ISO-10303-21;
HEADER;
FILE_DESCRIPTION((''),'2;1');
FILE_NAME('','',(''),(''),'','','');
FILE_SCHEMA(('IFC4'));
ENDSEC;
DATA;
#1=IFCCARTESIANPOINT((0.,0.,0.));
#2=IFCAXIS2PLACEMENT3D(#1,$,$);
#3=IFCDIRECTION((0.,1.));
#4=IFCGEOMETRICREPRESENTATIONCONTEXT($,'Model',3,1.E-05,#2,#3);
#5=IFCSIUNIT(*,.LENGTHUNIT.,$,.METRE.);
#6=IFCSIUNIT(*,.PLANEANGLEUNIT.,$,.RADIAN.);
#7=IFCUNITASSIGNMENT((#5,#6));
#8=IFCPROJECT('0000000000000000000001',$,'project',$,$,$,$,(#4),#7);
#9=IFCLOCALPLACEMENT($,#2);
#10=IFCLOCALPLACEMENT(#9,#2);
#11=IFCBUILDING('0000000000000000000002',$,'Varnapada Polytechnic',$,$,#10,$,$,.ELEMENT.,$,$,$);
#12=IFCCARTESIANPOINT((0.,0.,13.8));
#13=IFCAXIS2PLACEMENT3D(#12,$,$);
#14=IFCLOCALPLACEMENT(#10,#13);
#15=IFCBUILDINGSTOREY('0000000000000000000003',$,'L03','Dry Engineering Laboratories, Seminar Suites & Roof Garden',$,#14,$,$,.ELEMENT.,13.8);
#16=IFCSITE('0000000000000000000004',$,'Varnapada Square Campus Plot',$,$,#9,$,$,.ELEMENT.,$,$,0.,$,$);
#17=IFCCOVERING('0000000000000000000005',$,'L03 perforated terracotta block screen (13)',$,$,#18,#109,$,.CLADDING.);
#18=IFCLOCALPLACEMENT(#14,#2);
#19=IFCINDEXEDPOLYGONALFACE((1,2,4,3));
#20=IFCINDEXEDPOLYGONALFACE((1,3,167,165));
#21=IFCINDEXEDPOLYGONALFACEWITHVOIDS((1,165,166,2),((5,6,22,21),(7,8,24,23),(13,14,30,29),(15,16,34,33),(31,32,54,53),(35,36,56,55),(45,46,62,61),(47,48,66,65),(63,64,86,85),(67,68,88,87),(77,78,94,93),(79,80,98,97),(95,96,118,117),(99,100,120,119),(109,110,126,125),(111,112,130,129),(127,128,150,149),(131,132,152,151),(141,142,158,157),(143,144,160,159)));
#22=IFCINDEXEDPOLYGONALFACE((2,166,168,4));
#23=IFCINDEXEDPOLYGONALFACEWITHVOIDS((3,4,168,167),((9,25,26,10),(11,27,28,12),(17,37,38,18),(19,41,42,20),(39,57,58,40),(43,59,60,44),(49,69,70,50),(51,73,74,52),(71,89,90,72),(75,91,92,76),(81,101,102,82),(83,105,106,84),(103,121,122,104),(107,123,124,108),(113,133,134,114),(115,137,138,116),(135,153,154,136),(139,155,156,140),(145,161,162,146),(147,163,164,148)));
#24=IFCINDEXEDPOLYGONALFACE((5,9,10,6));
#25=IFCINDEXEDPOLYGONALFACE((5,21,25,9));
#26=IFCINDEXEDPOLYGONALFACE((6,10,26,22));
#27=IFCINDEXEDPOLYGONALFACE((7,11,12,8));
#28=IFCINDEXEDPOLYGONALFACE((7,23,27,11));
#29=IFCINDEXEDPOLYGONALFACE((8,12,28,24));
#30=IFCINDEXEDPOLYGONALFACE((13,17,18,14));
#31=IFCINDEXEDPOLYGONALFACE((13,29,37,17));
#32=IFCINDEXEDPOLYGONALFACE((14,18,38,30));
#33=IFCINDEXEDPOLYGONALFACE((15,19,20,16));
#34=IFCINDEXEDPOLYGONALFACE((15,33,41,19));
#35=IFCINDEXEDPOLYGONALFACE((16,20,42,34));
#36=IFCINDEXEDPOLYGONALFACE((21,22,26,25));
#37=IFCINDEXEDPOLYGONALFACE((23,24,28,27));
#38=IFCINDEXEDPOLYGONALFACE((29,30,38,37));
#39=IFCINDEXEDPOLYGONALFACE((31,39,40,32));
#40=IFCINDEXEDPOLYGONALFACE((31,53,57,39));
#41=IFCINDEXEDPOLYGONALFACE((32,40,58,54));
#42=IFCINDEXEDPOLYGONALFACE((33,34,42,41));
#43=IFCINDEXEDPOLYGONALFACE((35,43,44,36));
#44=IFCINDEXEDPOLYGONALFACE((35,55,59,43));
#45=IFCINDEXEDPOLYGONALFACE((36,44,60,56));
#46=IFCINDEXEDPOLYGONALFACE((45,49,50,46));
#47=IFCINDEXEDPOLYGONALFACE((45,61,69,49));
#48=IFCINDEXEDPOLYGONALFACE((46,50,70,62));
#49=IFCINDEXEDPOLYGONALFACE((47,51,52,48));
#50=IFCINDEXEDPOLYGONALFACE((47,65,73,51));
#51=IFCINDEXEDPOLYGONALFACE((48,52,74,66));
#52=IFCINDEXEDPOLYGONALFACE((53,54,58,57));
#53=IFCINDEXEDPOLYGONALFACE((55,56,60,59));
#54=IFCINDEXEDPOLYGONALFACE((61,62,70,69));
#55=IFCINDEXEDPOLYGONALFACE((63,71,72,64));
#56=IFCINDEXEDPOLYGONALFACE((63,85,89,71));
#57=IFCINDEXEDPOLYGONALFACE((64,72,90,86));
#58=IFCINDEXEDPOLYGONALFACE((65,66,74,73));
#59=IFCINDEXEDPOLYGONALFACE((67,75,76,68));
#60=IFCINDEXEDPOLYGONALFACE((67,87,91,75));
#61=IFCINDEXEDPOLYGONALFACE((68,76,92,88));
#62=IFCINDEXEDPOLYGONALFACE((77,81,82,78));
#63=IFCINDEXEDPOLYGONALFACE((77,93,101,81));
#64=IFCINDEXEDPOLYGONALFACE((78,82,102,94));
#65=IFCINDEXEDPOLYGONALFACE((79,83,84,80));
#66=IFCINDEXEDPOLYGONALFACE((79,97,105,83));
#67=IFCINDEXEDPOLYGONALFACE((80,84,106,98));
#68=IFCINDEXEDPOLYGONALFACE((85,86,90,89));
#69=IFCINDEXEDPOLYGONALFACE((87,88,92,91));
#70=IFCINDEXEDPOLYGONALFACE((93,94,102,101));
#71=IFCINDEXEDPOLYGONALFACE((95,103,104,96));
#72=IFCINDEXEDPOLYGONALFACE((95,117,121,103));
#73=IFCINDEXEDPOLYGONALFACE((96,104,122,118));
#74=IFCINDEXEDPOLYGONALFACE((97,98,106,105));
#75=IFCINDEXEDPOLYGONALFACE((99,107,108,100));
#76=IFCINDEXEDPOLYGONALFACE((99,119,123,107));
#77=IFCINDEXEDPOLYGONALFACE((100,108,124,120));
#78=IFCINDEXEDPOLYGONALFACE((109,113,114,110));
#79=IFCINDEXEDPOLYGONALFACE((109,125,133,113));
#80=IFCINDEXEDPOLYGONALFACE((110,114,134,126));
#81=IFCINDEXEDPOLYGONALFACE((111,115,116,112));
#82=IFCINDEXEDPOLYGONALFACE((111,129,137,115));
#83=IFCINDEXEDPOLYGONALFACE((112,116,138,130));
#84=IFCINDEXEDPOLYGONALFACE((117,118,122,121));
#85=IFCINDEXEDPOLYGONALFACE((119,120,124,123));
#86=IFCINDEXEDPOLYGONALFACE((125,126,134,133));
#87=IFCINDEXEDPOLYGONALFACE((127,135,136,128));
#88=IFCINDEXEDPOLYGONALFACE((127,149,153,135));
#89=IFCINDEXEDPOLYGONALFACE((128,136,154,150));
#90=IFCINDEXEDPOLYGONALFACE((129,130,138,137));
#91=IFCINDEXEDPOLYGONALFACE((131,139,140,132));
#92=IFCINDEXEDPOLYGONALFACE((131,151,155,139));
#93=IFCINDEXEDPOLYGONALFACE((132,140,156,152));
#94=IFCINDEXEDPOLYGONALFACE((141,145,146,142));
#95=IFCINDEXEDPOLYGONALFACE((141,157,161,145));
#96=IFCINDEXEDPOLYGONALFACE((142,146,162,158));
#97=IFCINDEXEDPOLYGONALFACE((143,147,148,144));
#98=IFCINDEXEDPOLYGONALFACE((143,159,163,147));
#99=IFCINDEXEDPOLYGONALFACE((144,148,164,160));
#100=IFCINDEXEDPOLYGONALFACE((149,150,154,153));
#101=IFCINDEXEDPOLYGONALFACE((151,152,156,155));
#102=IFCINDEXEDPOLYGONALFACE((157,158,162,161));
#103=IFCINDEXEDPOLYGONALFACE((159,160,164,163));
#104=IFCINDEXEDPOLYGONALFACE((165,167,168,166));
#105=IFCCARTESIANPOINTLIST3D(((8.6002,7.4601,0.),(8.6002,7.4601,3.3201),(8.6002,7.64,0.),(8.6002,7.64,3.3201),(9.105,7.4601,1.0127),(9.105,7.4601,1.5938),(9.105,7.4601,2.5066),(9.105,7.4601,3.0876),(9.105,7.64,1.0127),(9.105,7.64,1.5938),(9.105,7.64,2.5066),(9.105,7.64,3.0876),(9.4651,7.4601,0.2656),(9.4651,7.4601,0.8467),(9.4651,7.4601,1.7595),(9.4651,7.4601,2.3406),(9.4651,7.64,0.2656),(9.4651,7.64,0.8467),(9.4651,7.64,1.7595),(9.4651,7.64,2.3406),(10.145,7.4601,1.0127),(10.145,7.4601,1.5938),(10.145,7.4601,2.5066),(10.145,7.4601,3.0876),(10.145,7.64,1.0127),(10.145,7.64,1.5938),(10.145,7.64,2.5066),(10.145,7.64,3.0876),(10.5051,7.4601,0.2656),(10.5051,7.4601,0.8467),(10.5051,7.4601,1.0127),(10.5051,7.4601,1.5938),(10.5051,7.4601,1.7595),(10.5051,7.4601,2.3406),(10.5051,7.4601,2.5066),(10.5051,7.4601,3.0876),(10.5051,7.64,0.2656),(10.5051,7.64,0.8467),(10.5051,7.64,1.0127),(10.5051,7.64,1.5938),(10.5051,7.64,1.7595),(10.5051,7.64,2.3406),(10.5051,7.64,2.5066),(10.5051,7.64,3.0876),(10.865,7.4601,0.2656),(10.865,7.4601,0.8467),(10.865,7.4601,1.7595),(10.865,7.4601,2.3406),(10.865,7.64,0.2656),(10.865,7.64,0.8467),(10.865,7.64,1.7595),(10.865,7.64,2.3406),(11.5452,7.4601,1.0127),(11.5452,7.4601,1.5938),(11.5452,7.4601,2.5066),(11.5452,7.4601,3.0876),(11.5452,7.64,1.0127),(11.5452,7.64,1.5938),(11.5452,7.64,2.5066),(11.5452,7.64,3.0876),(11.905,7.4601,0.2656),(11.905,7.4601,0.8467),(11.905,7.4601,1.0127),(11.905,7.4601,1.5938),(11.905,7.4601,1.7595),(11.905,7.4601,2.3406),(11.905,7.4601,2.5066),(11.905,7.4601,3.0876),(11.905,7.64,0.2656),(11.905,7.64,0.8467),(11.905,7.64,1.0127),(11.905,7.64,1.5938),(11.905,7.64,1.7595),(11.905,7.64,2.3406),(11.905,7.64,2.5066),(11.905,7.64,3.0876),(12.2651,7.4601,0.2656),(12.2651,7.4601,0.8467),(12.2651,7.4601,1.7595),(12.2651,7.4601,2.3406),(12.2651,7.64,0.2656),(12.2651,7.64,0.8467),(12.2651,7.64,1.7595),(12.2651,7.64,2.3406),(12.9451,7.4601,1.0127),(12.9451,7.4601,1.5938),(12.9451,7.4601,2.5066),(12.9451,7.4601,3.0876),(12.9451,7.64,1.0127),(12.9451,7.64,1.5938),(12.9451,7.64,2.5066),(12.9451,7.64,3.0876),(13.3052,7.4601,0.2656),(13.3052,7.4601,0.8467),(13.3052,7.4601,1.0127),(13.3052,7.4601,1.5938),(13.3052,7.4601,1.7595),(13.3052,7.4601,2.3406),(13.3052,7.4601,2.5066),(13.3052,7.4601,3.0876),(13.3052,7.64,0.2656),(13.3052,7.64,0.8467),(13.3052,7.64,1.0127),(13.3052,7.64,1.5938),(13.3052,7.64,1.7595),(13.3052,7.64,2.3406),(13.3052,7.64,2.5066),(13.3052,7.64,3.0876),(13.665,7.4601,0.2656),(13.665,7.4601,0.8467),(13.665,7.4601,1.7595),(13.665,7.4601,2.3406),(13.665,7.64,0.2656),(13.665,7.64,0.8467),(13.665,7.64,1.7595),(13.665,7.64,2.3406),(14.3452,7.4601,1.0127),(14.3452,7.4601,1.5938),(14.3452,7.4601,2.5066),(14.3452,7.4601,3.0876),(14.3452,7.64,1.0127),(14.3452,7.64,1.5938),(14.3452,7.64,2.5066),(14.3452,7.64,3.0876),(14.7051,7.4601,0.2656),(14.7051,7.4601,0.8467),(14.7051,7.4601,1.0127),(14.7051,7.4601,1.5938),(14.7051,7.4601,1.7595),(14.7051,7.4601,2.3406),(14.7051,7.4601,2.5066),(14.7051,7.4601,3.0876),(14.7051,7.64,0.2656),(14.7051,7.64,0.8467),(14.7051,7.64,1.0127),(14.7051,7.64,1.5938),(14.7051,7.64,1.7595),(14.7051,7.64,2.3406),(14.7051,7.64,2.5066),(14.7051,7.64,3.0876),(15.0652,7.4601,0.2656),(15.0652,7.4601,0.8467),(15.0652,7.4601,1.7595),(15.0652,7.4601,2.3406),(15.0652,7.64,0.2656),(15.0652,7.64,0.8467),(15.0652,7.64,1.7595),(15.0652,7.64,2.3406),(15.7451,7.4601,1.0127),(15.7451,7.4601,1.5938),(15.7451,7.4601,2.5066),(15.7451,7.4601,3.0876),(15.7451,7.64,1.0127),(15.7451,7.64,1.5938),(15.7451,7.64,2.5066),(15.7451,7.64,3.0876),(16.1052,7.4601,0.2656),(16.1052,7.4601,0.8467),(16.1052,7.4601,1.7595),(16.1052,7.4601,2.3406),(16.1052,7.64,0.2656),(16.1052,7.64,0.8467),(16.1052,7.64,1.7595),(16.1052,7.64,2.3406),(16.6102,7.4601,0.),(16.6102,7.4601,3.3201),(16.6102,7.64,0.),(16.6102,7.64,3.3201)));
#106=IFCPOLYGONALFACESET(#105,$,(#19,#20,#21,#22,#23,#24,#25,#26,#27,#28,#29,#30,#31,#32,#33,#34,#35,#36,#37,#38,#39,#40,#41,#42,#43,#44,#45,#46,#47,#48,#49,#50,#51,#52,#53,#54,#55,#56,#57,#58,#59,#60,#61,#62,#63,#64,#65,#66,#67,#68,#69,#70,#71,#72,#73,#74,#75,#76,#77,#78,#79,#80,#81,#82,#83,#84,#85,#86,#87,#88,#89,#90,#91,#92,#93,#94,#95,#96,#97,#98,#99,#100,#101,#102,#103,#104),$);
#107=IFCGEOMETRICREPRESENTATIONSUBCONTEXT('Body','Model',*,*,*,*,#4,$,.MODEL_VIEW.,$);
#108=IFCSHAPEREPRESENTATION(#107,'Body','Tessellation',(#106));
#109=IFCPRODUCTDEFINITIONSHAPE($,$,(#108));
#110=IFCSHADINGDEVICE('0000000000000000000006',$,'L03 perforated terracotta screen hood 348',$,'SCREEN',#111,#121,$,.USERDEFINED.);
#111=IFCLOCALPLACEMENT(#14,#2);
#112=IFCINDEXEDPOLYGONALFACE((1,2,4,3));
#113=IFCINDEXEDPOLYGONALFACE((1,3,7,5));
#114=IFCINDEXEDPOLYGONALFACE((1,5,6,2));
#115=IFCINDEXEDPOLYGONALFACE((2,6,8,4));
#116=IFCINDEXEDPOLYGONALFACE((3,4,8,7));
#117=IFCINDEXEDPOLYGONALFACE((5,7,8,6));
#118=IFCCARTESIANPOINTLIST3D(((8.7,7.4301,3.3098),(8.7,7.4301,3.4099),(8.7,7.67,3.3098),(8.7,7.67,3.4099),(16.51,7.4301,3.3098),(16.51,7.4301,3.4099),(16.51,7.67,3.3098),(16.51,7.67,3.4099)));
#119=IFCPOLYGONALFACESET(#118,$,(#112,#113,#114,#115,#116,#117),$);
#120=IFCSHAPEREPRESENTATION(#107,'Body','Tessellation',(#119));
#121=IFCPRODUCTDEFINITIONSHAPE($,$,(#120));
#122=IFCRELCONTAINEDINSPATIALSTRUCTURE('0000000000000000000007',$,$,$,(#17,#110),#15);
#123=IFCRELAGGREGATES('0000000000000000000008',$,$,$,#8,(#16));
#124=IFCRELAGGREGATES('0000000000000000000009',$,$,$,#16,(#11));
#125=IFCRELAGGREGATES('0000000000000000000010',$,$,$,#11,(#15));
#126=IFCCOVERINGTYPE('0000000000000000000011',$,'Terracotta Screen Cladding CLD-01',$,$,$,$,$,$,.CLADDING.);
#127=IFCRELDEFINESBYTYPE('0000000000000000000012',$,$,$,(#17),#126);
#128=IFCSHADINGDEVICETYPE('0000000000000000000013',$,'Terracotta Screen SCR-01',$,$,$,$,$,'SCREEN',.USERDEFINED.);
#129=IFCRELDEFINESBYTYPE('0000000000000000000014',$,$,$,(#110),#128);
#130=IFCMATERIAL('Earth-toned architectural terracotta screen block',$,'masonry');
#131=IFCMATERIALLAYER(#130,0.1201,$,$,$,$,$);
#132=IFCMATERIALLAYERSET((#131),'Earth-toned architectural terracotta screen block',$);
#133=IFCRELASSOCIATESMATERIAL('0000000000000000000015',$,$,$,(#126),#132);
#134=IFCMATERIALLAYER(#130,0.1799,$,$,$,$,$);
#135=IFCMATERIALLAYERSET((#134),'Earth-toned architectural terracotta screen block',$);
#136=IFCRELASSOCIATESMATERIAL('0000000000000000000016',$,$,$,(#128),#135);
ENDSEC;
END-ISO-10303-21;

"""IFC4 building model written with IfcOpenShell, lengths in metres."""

from ifc_helpers import new_model, si_unit, direction, frame, frame_2d, origin, origin_2d, place, context, subcontext, project, spatial, rectangle, extrude, material, layer, layer_set, type_object, element, save


model = new_model("IFC4")

# Units and contexts
model_context = context("Model", 3, precision=1e-05, world=origin(), true_north=direction((0.0, 1.0)))
body_context = subcontext(model_context, "Body", "Model", "MODEL_VIEW")
ifc_project = project(units=[si_unit("LENGTHUNIT", "METRE"), si_unit("PLANEANGLEUNIT", "RADIAN")], contexts=[model_context])

# Site, building, storey
site_placement = place(None, origin())
site = spatial("IfcSite", under=ifc_project, at=site_placement, Name="Varnapada Square Campus Plot", CompositionType="ELEMENT", RefElevation=0.0)
building_placement = place(site_placement, origin())
building = spatial("IfcBuilding", under=site, at=building_placement, Name="Varnapada Polytechnic", CompositionType="ELEMENT")
storey_placement = place(building_placement, frame((0.0, 0.0, 13.8)))
storey = spatial("IfcBuildingStorey", under=building, at=storey_placement, Name="L03", Description="Dry Engineering Laboratories, Seminar Suites & Roof Garden", CompositionType="ELEMENT", Elevation=13.8)

# Covering, openings
ifc_material_1 = material(Name="Earth-toned architectural terracotta screen block", Category="masonry")
ifc_layer_1 = layer(ifc_material_1, 0.1201)
ifc_layer_set_1 = layer_set([ifc_layer_1], Name="Earth-toned architectural terracotta screen block")
covering_type = type_object("IfcCoveringType", Name="Terracotta Screen Cladding CLD-01", PredefinedType="CLADDING", material=ifc_layer_set_1)
covering_placement = place(storey_placement, frame((16.6101, 7.55, 0.0), z_axis=(0.0, 0.0, 1.0), x_axis=(-1.0, 0.0, 0.0)))
covering = element("IfcCovering", 1, at=covering_placement, inside=storey, type_object=covering_type, Name="L03 perforated terracotta block screen (13)", PredefinedType="CLADDING", context=body_context, shape_type="SweptSolid", body=[
    extrude(rectangle(XDim=8.01, YDim=0.1799, at=frame_2d((4.0049, 0.0))), origin(), (0.0, 0.0, 1.0), 3.3201),
])
opening_1_placement = place(covering_placement, frame((0.5049, 0.0, 0.2656)))
element("IfcOpeningElement", 2, at=opening_1_placement, cuts=covering, PredefinedType="OPENING", context=body_context, shape_type="SweptSolid", body=[
    extrude(rectangle(XDim=1.04, YDim=0.5811, at=frame_2d((0.52, 0.2905))), frame((0.0, 0.0999, 0.0), z_axis=(0.0, -1.0, 0.0), x_axis=(1.0, 0.0, 0.0)), (0.0, 0.0, 1.0), 0.2),
])
opening_2_placement = place(covering_placement, frame((1.905, 0.0, 0.2656)))
element("IfcOpeningElement", 3, at=opening_2_placement, cuts=covering, PredefinedType="OPENING", context=body_context, shape_type="SweptSolid", body=[
    extrude(rectangle(XDim=1.04, YDim=0.5811, at=frame_2d((0.52, 0.2905))), frame((0.0, 0.0999, 0.0), z_axis=(0.0, -1.0, 0.0), x_axis=(1.0, 0.0, 0.0)), (0.0, 0.0, 1.0), 0.2),
])
opening_3_placement = place(covering_placement, frame((3.3049, 0.0, 0.2656)))
element("IfcOpeningElement", 4, at=opening_3_placement, cuts=covering, PredefinedType="OPENING", context=body_context, shape_type="SweptSolid", body=[
    extrude(rectangle(XDim=1.04, YDim=0.5811, at=frame_2d((0.52, 0.2905))), frame((0.0, 0.0999, 0.0), z_axis=(0.0, -1.0, 0.0), x_axis=(1.0, 0.0, 0.0)), (0.0, 0.0, 1.0), 0.2),
])
opening_4_placement = place(covering_placement, frame((4.7051, 0.0, 0.2656)))
element("IfcOpeningElement", 5, at=opening_4_placement, cuts=covering, PredefinedType="OPENING", context=body_context, shape_type="SweptSolid", body=[
    extrude(rectangle(XDim=1.04, YDim=0.5811, at=frame_2d((0.52, 0.2905))), frame((0.0, 0.0999, 0.0), z_axis=(0.0, -1.0, 0.0), x_axis=(1.0, 0.0, 0.0)), (0.0, 0.0, 1.0), 0.2),
])
opening_5_placement = place(covering_placement, frame((6.105, 0.0, 0.2656)))
element("IfcOpeningElement", 6, at=opening_5_placement, cuts=covering, PredefinedType="OPENING", context=body_context, shape_type="SweptSolid", body=[
    extrude(rectangle(XDim=1.04, YDim=0.5811, at=frame_2d((0.52, 0.2905))), frame((0.0, 0.0999, 0.0), z_axis=(0.0, -1.0, 0.0), x_axis=(1.0, 0.0, 0.0)), (0.0, 0.0, 1.0), 0.2),
])
opening_6_placement = place(covering_placement, frame((0.865, 0.0, 1.0127)))
element("IfcOpeningElement", 7, at=opening_6_placement, cuts=covering, PredefinedType="OPENING", context=body_context, shape_type="SweptSolid", body=[
    extrude(rectangle(XDim=1.04, YDim=0.5811, at=frame_2d((0.52, 0.2905))), frame((0.0, 0.0999, 0.0), z_axis=(0.0, -1.0, 0.0), x_axis=(1.0, 0.0, 0.0)), (0.0, 0.0, 1.0), 0.2),
])
opening_7_placement = place(covering_placement, frame((2.2649, 0.0, 1.0127)))
element("IfcOpeningElement", 8, at=opening_7_placement, cuts=covering, PredefinedType="OPENING", context=body_context, shape_type="SweptSolid", body=[
    extrude(rectangle(XDim=1.04, YDim=0.5811, at=frame_2d((0.52, 0.2905))), frame((0.0, 0.0999, 0.0), z_axis=(0.0, -1.0, 0.0), x_axis=(1.0, 0.0, 0.0)), (0.0, 0.0, 1.0), 0.2),
])
opening_8_placement = place(covering_placement, frame((3.665, 0.0, 1.0127)))
element("IfcOpeningElement", 9, at=opening_8_placement, cuts=covering, PredefinedType="OPENING", context=body_context, shape_type="SweptSolid", body=[
    extrude(rectangle(XDim=1.04, YDim=0.5811, at=frame_2d((0.52, 0.2905))), frame((0.0, 0.0999, 0.0), z_axis=(0.0, -1.0, 0.0), x_axis=(1.0, 0.0, 0.0)), (0.0, 0.0, 1.0), 0.2),
])
opening_9_placement = place(covering_placement, frame((5.0649, 0.0, 1.0127)))
element("IfcOpeningElement", 10, at=opening_9_placement, cuts=covering, PredefinedType="OPENING", context=body_context, shape_type="SweptSolid", body=[
    extrude(rectangle(XDim=1.04, YDim=0.5811, at=frame_2d((0.52, 0.2905))), frame((0.0, 0.0999, 0.0), z_axis=(0.0, -1.0, 0.0), x_axis=(1.0, 0.0, 0.0)), (0.0, 0.0, 1.0), 0.2),
])
opening_10_placement = place(covering_placement, frame((6.4651, 0.0, 1.0127)))
element("IfcOpeningElement", 11, at=opening_10_placement, cuts=covering, PredefinedType="OPENING", context=body_context, shape_type="SweptSolid", body=[
    extrude(rectangle(XDim=1.04, YDim=0.5811, at=frame_2d((0.52, 0.2905))), frame((0.0, 0.0999, 0.0), z_axis=(0.0, -1.0, 0.0), x_axis=(1.0, 0.0, 0.0)), (0.0, 0.0, 1.0), 0.2),
])
opening_11_placement = place(covering_placement, frame((0.5049, 0.0, 1.7595)))
element("IfcOpeningElement", 12, at=opening_11_placement, cuts=covering, PredefinedType="OPENING", context=body_context, shape_type="SweptSolid", body=[
    extrude(rectangle(XDim=1.04, YDim=0.5811, at=frame_2d((0.52, 0.2905))), frame((0.0, 0.0999, 0.0), z_axis=(0.0, -1.0, 0.0), x_axis=(1.0, 0.0, 0.0)), (0.0, 0.0, 1.0), 0.2),
])
opening_12_placement = place(covering_placement, frame((1.905, 0.0, 1.7595)))
element("IfcOpeningElement", 13, at=opening_12_placement, cuts=covering, PredefinedType="OPENING", context=body_context, shape_type="SweptSolid", body=[
    extrude(rectangle(XDim=1.04, YDim=0.5811, at=frame_2d((0.52, 0.2905))), frame((0.0, 0.0999, 0.0), z_axis=(0.0, -1.0, 0.0), x_axis=(1.0, 0.0, 0.0)), (0.0, 0.0, 1.0), 0.2),
])
opening_13_placement = place(covering_placement, frame((3.3049, 0.0, 1.7595)))
element("IfcOpeningElement", 14, at=opening_13_placement, cuts=covering, PredefinedType="OPENING", context=body_context, shape_type="SweptSolid", body=[
    extrude(rectangle(XDim=1.04, YDim=0.5811, at=frame_2d((0.52, 0.2905))), frame((0.0, 0.0999, 0.0), z_axis=(0.0, -1.0, 0.0), x_axis=(1.0, 0.0, 0.0)), (0.0, 0.0, 1.0), 0.2),
])
opening_14_placement = place(covering_placement, frame((4.7051, 0.0, 1.7595)))
element("IfcOpeningElement", 15, at=opening_14_placement, cuts=covering, PredefinedType="OPENING", context=body_context, shape_type="SweptSolid", body=[
    extrude(rectangle(XDim=1.04, YDim=0.5811, at=frame_2d((0.52, 0.2905))), frame((0.0, 0.0999, 0.0), z_axis=(0.0, -1.0, 0.0), x_axis=(1.0, 0.0, 0.0)), (0.0, 0.0, 1.0), 0.2),
])
opening_15_placement = place(covering_placement, frame((6.105, 0.0, 1.7595)))
element("IfcOpeningElement", 16, at=opening_15_placement, cuts=covering, PredefinedType="OPENING", context=body_context, shape_type="SweptSolid", body=[
    extrude(rectangle(XDim=1.04, YDim=0.5811, at=frame_2d((0.52, 0.2905))), frame((0.0, 0.0999, 0.0), z_axis=(0.0, -1.0, 0.0), x_axis=(1.0, 0.0, 0.0)), (0.0, 0.0, 1.0), 0.2),
])
opening_16_placement = place(covering_placement, frame((0.865, 0.0, 2.5066)))
element("IfcOpeningElement", 17, at=opening_16_placement, cuts=covering, PredefinedType="OPENING", context=body_context, shape_type="SweptSolid", body=[
    extrude(rectangle(XDim=1.04, YDim=0.5811, at=frame_2d((0.52, 0.2905))), frame((0.0, 0.0999, 0.0), z_axis=(0.0, -1.0, 0.0), x_axis=(1.0, 0.0, 0.0)), (0.0, 0.0, 1.0), 0.2),
])
opening_17_placement = place(covering_placement, frame((2.2649, 0.0, 2.5066)))
element("IfcOpeningElement", 18, at=opening_17_placement, cuts=covering, PredefinedType="OPENING", context=body_context, shape_type="SweptSolid", body=[
    extrude(rectangle(XDim=1.04, YDim=0.5811, at=frame_2d((0.52, 0.2905))), frame((0.0, 0.0999, 0.0), z_axis=(0.0, -1.0, 0.0), x_axis=(1.0, 0.0, 0.0)), (0.0, 0.0, 1.0), 0.2),
])
opening_18_placement = place(covering_placement, frame((3.665, 0.0, 2.5066)))
element("IfcOpeningElement", 19, at=opening_18_placement, cuts=covering, PredefinedType="OPENING", context=body_context, shape_type="SweptSolid", body=[
    extrude(rectangle(XDim=1.04, YDim=0.5811, at=frame_2d((0.52, 0.2905))), frame((0.0, 0.0999, 0.0), z_axis=(0.0, -1.0, 0.0), x_axis=(1.0, 0.0, 0.0)), (0.0, 0.0, 1.0), 0.2),
])
opening_19_placement = place(covering_placement, frame((5.0649, 0.0, 2.5066)))
element("IfcOpeningElement", 20, at=opening_19_placement, cuts=covering, PredefinedType="OPENING", context=body_context, shape_type="SweptSolid", body=[
    extrude(rectangle(XDim=1.04, YDim=0.5811, at=frame_2d((0.52, 0.2905))), frame((0.0, 0.0999, 0.0), z_axis=(0.0, -1.0, 0.0), x_axis=(1.0, 0.0, 0.0)), (0.0, 0.0, 1.0), 0.2),
])
opening_20_placement = place(covering_placement, frame((6.4651, 0.0, 2.5066)))
element("IfcOpeningElement", 21, at=opening_20_placement, cuts=covering, PredefinedType="OPENING", context=body_context, shape_type="SweptSolid", body=[
    extrude(rectangle(XDim=1.04, YDim=0.5811, at=frame_2d((0.52, 0.2905))), frame((0.0, 0.0999, 0.0), z_axis=(0.0, -1.0, 0.0), x_axis=(1.0, 0.0, 0.0)), (0.0, 0.0, 1.0), 0.2),
])

# Shading device
ifc_layer_2 = layer(ifc_material_1, 0.1799)
ifc_layer_set_2 = layer_set([ifc_layer_2], Name="Earth-toned architectural terracotta screen block")
shading_device_type_1 = type_object("IfcShadingDeviceType", Name="Terracotta Screen SCR-01", ElementType="SCREEN", PredefinedType="USERDEFINED", material=ifc_layer_set_2)
shading_device_1_placement = place(storey_placement, frame((12.605, 7.55, 3.3098), z_axis=(0.0, 0.0, 1.0), x_axis=(-1.0, 0.0, 0.0)))
element("IfcShadingDevice", 22, at=shading_device_1_placement, inside=storey, type_object=shading_device_type_1, Name="L03 perforated terracotta screen hood 348", ObjectType="SCREEN", PredefinedType="USERDEFINED", context=body_context, shape_type="SweptSolid", body=[
    extrude(rectangle(XDim=7.8101, YDim=0.24, at=origin_2d()), origin(), (0.0, 0.0, 1.0), 0.1001),
])

save(model, "model.ifc")
